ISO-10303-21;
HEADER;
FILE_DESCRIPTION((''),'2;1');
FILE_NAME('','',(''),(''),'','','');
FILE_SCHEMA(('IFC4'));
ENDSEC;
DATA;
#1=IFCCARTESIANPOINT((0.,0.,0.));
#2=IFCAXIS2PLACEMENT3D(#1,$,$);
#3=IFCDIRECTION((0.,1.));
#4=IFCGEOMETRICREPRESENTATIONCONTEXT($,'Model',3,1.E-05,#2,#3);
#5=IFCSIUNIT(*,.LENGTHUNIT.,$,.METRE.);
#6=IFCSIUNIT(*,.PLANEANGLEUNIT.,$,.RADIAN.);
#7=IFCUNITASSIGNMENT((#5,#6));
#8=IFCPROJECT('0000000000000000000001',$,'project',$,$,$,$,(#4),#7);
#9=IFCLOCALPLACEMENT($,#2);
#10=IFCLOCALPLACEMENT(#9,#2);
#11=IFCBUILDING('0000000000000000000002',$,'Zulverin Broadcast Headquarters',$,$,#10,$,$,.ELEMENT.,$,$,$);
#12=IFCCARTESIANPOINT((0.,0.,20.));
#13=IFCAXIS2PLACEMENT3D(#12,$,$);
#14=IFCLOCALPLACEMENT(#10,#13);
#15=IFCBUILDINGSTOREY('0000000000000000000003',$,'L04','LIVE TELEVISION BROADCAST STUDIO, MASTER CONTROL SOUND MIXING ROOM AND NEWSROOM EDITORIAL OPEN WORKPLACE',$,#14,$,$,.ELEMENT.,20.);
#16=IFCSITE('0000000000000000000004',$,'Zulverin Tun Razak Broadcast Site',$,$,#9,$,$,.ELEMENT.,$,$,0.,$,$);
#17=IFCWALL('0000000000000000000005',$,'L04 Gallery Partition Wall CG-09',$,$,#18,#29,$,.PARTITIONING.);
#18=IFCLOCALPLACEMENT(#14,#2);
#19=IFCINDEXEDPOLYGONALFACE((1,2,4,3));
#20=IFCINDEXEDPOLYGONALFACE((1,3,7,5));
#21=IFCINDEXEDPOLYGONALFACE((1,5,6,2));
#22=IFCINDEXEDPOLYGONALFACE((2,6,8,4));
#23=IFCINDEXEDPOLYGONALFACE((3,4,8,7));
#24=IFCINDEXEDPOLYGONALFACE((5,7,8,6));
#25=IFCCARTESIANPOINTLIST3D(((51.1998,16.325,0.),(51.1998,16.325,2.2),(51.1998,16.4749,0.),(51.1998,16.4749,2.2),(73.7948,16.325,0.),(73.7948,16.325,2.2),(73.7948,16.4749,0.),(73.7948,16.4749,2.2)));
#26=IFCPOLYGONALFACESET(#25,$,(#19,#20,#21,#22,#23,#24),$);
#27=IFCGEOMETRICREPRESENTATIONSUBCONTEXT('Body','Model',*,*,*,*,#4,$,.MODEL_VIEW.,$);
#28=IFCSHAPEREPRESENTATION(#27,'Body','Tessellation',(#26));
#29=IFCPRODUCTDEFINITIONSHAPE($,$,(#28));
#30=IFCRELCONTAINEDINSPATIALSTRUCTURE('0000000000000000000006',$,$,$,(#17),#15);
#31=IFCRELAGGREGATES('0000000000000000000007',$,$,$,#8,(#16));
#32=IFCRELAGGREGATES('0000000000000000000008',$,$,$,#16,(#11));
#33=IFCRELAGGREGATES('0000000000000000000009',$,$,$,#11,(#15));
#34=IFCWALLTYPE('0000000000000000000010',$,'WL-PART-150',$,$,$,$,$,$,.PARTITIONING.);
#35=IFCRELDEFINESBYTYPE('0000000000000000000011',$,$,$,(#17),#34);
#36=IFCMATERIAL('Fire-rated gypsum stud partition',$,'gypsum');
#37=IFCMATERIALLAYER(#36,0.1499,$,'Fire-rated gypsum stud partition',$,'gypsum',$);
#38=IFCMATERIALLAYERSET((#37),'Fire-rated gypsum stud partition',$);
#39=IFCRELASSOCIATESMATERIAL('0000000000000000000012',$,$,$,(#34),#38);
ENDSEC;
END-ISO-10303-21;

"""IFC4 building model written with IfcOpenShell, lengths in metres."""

from ifc_helpers import new_model, si_unit, direction, frame, frame_2d, origin, place, context, subcontext, project, spatial, rectangle, extrude, material, layer, layer_set, type_object, element, save


model = new_model("IFC4")

# Units and contexts
model_context = context("Model", 3, precision=1e-05, world=origin(), true_north=direction((0.0, 1.0)))
body_context = subcontext(model_context, "Body", "Model", "MODEL_VIEW")
ifc_project = project(units=[si_unit("LENGTHUNIT", "METRE"), si_unit("PLANEANGLEUNIT", "RADIAN")], contexts=[model_context])

# Site, building, storey
site_placement = place(None, origin())
site = spatial("IfcSite", under=ifc_project, at=site_placement, Name="Zulverin Tun Razak Broadcast Site", CompositionType="ELEMENT", RefElevation=0.0)
building_placement = place(site_placement, origin())
building = spatial("IfcBuilding", under=site, at=building_placement, Name="Zulverin Broadcast Headquarters", CompositionType="ELEMENT")
storey_placement = place(building_placement, frame((0.0, 0.0, 20.0)))
storey = spatial("IfcBuildingStorey", under=building, at=storey_placement, Name="L04", Description="LIVE TELEVISION BROADCAST STUDIO, MASTER CONTROL SOUND MIXING ROOM AND NEWSROOM EDITORIAL OPEN WORKPLACE", CompositionType="ELEMENT", Elevation=20.0)

# Wall
ifc_material_1 = material(Name="Fire-rated gypsum stud partition", Category="gypsum")
ifc_layer_1 = layer(ifc_material_1, 0.1499, Name="Fire-rated gypsum stud partition", Category="gypsum")
ifc_layer_set_1 = layer_set([ifc_layer_1], Name="Fire-rated gypsum stud partition")
wall_type_1 = type_object("IfcWallType", Name="WL-PART-150", PredefinedType="PARTITIONING", material=ifc_layer_set_1)
wall_1_placement = place(storey_placement, frame((51.2, 16.3999, 0.0), z_axis=(0.0, 0.0, 1.0), x_axis=(1.0, 0.0, 0.0)))
element("IfcWall", 1, at=wall_1_placement, inside=storey, type_object=wall_type_1, Name="L04 Gallery Partition Wall CG-09", PredefinedType="PARTITIONING", context=body_context, shape_type="SweptSolid", body=[
    extrude(rectangle(XDim=22.595, YDim=0.1499, at=frame_2d((11.2974, 0.0))), origin(), (0.0, 0.0, 1.0), 2.2),
])

save(model, "model.ifc")
